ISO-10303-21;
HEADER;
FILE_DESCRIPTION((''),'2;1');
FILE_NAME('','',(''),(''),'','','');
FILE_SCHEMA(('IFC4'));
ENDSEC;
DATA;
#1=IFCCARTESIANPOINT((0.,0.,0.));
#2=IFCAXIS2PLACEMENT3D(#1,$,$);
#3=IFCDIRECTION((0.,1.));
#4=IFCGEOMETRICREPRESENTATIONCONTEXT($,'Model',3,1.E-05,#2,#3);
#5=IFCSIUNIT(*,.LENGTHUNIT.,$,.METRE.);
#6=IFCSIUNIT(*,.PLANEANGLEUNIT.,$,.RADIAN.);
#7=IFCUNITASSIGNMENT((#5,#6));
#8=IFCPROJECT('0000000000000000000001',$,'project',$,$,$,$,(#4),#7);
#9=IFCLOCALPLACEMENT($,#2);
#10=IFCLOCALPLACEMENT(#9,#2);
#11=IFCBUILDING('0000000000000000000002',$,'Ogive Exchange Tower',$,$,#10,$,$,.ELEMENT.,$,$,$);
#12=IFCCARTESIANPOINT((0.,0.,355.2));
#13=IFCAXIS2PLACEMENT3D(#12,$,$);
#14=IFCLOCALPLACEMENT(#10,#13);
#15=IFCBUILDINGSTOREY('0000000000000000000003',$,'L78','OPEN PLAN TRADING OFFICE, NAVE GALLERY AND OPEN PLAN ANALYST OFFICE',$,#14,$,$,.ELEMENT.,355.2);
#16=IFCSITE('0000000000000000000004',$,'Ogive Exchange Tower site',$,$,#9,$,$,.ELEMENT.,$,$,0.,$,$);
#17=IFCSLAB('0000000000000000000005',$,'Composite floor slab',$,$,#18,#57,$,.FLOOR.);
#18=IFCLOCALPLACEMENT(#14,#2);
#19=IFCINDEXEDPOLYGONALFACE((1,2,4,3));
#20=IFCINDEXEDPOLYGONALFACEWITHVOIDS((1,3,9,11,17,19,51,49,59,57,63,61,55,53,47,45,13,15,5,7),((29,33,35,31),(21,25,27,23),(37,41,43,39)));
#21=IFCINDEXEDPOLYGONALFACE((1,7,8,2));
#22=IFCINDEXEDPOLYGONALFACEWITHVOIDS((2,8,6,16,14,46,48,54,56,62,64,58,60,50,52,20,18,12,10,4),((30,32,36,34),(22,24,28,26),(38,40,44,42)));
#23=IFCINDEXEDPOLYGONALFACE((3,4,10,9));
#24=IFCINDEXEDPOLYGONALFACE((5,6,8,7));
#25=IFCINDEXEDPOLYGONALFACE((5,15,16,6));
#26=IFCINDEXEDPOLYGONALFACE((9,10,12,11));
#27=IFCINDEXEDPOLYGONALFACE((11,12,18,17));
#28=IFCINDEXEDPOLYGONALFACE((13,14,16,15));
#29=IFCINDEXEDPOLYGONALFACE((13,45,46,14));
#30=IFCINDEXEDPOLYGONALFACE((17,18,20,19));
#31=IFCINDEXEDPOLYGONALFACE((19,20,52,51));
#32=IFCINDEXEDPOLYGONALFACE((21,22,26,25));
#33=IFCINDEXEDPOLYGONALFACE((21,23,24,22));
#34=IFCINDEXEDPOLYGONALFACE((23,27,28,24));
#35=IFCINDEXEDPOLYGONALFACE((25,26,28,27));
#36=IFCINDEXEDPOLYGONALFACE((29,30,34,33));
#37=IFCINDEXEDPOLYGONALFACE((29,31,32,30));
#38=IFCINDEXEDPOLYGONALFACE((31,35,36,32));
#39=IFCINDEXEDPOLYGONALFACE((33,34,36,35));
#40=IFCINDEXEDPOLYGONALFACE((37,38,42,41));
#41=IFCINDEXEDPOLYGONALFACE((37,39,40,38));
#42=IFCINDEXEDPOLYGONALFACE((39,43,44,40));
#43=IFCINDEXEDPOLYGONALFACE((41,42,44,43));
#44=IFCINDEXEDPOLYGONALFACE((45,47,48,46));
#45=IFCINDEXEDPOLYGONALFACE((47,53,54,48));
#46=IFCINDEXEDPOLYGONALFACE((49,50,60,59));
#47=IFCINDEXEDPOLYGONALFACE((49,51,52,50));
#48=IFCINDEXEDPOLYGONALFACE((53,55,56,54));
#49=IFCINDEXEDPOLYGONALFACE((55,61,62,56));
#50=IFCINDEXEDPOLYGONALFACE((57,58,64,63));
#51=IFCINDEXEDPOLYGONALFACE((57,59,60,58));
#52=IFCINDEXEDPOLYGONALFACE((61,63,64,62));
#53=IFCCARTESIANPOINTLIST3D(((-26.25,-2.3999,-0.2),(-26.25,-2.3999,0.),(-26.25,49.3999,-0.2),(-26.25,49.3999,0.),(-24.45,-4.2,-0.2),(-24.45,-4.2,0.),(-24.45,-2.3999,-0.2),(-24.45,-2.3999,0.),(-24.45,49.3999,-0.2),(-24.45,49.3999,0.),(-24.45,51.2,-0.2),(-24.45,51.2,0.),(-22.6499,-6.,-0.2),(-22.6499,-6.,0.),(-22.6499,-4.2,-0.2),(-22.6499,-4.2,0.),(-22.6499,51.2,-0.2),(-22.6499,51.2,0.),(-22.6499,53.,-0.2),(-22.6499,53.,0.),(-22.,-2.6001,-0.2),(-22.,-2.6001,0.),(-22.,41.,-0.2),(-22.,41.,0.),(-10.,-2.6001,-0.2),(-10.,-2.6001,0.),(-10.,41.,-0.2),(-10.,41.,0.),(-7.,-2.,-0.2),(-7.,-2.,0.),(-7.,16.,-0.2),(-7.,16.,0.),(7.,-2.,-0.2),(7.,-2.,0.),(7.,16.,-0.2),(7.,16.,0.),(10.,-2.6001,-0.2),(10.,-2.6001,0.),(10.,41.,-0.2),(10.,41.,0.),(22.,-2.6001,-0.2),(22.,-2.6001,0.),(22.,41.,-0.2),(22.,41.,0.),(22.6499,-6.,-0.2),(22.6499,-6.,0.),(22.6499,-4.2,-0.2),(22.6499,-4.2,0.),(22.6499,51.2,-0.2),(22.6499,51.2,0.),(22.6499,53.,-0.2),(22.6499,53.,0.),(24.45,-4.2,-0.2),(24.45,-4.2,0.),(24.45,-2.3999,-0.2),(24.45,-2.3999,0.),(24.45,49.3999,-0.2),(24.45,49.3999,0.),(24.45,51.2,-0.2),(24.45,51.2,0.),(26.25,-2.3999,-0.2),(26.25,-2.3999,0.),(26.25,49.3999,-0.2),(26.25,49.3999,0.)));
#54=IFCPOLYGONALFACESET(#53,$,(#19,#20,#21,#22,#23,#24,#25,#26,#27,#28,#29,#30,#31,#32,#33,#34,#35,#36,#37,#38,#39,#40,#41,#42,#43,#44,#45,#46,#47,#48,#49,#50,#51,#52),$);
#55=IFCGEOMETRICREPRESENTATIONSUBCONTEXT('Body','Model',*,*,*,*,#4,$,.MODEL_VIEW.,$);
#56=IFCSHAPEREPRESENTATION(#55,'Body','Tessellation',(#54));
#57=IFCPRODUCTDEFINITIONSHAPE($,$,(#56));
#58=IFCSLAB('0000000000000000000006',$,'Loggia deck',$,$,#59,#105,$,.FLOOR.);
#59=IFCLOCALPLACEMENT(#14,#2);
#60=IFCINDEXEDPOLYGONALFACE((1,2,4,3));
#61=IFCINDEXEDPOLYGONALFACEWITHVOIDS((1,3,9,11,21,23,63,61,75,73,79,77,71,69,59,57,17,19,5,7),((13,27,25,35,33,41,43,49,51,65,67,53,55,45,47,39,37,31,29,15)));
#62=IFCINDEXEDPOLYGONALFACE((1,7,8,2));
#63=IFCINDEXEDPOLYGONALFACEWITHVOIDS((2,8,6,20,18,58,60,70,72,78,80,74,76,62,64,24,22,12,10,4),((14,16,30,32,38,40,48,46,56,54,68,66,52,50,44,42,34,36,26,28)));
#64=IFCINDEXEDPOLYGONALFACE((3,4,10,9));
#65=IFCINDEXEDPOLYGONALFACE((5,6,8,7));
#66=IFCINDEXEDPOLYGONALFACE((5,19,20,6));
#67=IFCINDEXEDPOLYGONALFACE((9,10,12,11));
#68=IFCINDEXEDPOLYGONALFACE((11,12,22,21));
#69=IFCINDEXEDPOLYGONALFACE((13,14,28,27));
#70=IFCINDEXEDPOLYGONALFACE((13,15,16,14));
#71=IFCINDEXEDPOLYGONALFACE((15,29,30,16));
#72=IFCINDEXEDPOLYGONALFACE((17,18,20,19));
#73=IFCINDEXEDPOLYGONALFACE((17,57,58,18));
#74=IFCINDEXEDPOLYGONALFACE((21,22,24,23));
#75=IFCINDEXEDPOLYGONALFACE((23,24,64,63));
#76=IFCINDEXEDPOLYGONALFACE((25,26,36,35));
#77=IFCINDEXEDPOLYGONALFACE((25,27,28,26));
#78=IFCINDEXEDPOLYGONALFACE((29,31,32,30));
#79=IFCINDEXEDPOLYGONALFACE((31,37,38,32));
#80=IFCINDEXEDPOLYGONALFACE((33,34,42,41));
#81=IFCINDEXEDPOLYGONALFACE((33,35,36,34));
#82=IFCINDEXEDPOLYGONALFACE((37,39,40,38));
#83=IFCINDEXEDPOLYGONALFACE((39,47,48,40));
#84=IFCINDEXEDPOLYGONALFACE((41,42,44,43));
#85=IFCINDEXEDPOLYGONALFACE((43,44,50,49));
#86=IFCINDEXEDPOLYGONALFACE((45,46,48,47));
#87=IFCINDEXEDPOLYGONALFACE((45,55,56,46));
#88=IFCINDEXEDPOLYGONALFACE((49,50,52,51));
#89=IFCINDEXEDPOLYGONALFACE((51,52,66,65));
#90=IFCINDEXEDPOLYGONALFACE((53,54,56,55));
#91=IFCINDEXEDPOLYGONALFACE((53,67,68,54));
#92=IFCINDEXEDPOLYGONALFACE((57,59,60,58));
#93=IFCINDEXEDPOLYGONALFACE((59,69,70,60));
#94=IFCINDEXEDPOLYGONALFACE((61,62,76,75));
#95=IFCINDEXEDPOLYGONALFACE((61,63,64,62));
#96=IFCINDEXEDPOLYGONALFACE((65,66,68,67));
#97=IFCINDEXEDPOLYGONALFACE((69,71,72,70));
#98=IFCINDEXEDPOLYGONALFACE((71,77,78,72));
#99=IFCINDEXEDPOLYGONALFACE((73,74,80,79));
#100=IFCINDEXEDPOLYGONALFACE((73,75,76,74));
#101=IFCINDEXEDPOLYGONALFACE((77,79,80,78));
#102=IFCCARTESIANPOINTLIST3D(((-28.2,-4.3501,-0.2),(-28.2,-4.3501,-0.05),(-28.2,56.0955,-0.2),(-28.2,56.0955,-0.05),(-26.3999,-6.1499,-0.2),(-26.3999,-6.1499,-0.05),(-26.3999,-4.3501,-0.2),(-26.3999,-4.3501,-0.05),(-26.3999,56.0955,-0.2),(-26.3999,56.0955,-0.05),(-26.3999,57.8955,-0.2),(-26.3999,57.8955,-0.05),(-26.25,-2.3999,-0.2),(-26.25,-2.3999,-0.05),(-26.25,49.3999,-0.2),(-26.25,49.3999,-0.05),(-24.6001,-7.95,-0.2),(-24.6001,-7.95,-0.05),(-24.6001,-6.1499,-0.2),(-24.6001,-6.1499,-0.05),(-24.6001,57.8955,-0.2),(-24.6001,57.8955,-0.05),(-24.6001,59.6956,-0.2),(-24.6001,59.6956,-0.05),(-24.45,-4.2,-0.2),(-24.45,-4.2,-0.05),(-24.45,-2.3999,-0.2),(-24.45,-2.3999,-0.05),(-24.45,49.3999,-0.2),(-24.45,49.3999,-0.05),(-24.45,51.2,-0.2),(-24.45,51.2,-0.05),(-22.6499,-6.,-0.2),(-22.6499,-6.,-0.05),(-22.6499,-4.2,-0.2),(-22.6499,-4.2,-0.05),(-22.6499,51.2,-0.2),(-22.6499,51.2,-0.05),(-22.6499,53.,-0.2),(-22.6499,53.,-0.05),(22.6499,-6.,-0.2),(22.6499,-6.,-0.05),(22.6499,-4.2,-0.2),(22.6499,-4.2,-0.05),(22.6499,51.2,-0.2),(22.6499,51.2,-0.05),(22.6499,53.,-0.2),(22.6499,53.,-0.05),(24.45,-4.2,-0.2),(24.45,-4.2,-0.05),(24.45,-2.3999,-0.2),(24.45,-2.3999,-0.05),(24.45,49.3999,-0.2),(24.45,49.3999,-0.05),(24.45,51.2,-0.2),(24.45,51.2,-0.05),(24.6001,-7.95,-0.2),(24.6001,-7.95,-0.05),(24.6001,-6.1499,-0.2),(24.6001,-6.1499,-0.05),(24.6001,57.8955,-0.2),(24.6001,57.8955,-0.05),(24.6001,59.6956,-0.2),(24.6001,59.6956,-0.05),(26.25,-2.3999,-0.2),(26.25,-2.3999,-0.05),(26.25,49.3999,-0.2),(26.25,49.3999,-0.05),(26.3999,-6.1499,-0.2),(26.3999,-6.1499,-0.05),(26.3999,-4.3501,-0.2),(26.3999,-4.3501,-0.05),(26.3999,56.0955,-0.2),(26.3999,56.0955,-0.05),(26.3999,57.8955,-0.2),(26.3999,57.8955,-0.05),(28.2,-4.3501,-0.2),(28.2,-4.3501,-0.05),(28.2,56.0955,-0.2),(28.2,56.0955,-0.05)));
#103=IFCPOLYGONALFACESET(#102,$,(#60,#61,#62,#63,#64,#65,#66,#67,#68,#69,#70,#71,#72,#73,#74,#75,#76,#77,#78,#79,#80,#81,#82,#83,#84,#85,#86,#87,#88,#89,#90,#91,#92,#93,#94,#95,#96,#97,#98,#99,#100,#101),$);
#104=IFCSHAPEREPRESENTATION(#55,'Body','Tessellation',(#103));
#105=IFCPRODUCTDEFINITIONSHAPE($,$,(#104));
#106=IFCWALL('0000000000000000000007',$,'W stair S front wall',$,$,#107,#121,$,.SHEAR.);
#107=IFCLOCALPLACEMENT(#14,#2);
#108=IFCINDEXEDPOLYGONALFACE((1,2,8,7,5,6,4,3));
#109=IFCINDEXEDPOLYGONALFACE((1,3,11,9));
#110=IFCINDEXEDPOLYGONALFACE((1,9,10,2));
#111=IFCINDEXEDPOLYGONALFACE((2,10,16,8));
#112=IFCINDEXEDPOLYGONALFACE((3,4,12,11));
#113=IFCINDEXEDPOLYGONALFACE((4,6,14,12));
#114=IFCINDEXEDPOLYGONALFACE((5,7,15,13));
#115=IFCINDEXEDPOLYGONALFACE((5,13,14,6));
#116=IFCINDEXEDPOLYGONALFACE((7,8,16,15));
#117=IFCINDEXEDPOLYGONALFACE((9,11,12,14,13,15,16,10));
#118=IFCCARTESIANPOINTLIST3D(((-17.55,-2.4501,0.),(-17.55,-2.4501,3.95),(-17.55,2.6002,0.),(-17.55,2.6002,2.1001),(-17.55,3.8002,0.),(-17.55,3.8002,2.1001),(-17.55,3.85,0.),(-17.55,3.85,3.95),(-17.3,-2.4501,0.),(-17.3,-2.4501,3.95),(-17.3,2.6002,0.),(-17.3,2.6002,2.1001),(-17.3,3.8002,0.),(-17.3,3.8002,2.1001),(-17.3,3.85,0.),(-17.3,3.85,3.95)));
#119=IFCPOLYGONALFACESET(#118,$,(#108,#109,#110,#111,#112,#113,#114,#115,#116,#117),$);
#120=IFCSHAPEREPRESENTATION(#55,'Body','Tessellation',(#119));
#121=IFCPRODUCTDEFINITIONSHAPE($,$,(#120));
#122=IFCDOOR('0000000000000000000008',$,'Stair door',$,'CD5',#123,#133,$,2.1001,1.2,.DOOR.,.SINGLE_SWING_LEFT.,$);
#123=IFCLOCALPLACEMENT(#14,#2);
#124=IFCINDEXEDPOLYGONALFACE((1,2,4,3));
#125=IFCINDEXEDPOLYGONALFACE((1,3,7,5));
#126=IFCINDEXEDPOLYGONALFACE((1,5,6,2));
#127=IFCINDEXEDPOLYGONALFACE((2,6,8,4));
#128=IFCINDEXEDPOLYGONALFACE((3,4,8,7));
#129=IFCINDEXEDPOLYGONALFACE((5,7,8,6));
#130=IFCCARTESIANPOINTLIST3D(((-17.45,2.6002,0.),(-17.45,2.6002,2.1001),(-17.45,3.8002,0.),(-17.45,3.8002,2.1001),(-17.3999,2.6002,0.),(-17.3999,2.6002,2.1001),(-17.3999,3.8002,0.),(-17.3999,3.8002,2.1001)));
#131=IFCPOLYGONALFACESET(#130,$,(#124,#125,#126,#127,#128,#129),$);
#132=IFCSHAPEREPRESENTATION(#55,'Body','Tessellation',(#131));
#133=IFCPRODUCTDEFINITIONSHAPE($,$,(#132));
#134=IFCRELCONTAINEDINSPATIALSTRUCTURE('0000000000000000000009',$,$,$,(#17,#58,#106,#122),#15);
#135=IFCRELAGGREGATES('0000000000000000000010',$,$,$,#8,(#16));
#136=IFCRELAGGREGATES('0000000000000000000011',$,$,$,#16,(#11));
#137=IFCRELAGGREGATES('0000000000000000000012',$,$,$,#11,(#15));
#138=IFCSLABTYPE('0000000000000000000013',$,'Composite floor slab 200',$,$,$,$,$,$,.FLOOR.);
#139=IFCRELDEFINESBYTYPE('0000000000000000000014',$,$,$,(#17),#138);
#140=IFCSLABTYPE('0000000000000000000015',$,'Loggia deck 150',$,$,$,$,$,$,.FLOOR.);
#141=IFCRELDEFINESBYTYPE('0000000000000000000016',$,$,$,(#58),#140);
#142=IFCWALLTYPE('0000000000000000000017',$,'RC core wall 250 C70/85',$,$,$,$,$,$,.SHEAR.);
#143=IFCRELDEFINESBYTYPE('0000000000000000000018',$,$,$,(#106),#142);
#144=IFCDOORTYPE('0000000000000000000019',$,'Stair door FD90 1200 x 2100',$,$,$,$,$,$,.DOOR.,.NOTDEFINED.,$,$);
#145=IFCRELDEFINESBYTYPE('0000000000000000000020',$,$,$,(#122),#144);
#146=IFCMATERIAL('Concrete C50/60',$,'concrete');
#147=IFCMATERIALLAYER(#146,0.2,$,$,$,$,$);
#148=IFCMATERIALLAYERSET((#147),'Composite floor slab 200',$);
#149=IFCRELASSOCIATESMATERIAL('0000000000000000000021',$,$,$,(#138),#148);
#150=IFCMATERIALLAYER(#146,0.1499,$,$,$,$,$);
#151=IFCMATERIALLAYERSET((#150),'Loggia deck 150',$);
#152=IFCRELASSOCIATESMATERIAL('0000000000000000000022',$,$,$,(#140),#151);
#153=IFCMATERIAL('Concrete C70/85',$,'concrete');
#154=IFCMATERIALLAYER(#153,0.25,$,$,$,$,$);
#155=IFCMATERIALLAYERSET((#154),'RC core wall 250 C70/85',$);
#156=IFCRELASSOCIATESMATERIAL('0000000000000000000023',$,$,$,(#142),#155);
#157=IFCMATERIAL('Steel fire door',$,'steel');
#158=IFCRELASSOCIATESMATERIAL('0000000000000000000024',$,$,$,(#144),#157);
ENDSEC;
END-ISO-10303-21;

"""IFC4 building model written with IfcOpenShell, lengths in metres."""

from ifc_helpers import new_model, si_unit, direction, frame, frame_2d, origin, place, context, subcontext, project, spatial, polyline, rectangle, outline, extrude, material, layer, layer_set, type_object, element, fill, save


model = new_model("IFC4")

# Units and contexts
model_context = context("Model", 3, precision=1e-05, world=origin(), true_north=direction((0.0, 1.0)))
body_context = subcontext(model_context, "Body", "Model", "MODEL_VIEW")
ifc_project = project(units=[si_unit("LENGTHUNIT", "METRE"), si_unit("PLANEANGLEUNIT", "RADIAN")], contexts=[model_context])

# Site, building, storey
site_placement = place(None, origin())
site = spatial("IfcSite", under=ifc_project, at=site_placement, Name="Ogive Exchange Tower site", CompositionType="ELEMENT", RefElevation=0.0)
building_placement = place(site_placement, origin())
building = spatial("IfcBuilding", under=site, at=building_placement, Name="Ogive Exchange Tower", CompositionType="ELEMENT")
storey_placement = place(building_placement, frame((0.0, 0.0, 355.2)))
storey = spatial("IfcBuildingStorey", under=building, at=storey_placement, Name="L78", Description="OPEN PLAN TRADING OFFICE, NAVE GALLERY AND OPEN PLAN ANALYST OFFICE", CompositionType="ELEMENT", Elevation=355.2)

# Slabs
ifc_material_1 = material(Name="Concrete C50/60", Category="concrete")
ifc_layer_1 = layer(ifc_material_1, 0.2)
ifc_layer_set_1 = layer_set([ifc_layer_1], Name="Composite floor slab 200")
slab_type_1 = type_object("IfcSlabType", Name="Composite floor slab 200", PredefinedType="FLOOR", material=ifc_layer_set_1)
slab_1_placement = place(storey_placement, frame((0.0, 0.0, -0.2)))
element("IfcSlab", 1, at=slab_1_placement, inside=storey, type_object=slab_type_1, Name="Composite floor slab", PredefinedType="FLOOR", context=body_context, shape_type="SweptSolid", body=[
    extrude(outline(polyline([(-22.6499, -4.2), (-24.45, -4.2), (-24.45, -2.3999), (-26.25, -2.3999), (-26.25, 49.3999), (-24.45, 49.3999), (-24.45, 51.2), (-22.6499, 51.2), (-22.6499, 53.0), (22.6499, 53.0), (22.6499, 51.2), (24.45, 51.2), (24.45, 49.3999), (26.25, 49.3999), (26.25, -2.3999), (24.45, -2.3999), (24.45, -4.2), (22.6499, -4.2), (22.6499, -6.0), (-22.6499, -6.0), (-22.6499, -4.2)]), holes=[polyline([(7.0, -2.0), (7.0, 16.0), (-7.0, 16.0), (-7.0, -2.0), (7.0, -2.0)]), polyline([(-22.0, -2.6001), (-10.0, -2.6001), (-10.0, 41.0), (-22.0, 41.0), (-22.0, -2.6001)]), polyline([(10.0, -2.6001), (22.0, -2.6001), (22.0, 41.0), (10.0, 41.0), (10.0, -2.6001)])]), origin(), (0.0, 0.0, 1.0), 0.2),
])
ifc_layer_2 = layer(ifc_material_1, 0.1499)
ifc_layer_set_2 = layer_set([ifc_layer_2], Name="Loggia deck 150")
slab_type_2 = type_object("IfcSlabType", Name="Loggia deck 150", PredefinedType="FLOOR", material=ifc_layer_set_2)
slab_2_placement = place(storey_placement, frame((0.0, 0.0, -0.2)))
element("IfcSlab", 2, at=slab_2_placement, inside=storey, type_object=slab_type_2, Name="Loggia deck", PredefinedType="FLOOR", context=body_context, shape_type="SweptSolid", body=[
    extrude(outline(polyline([(-24.6001, -6.1499), (-26.3999, -6.1499), (-26.3999, -4.3501), (-28.2, -4.3501), (-28.2, 56.0955), (-26.3999, 56.0955), (-26.3999, 57.8955), (-24.6001, 57.8955), (-24.6001, 59.6956), (24.6001, 59.6956), (24.6001, 57.8955), (26.3999, 57.8955), (26.3999, 56.0955), (28.2, 56.0955), (28.2, -4.3501), (26.3999, -4.3501), (26.3999, -6.1499), (24.6001, -6.1499), (24.6001, -7.95), (-24.6001, -7.95), (-24.6001, -6.1499)]), holes=[polyline([(22.6499, -4.2), (24.45, -4.2), (24.45, -2.3999), (26.25, -2.3999), (26.25, 49.3999), (24.45, 49.3999), (24.45, 51.2), (22.6499, 51.2), (22.6499, 53.0), (-22.6499, 53.0), (-22.6499, 51.2), (-24.45, 51.2), (-24.45, 49.3999), (-26.25, 49.3999), (-26.25, -2.3999), (-24.45, -2.3999), (-24.45, -4.2), (-22.6499, -4.2), (-22.6499, -6.0), (22.6499, -6.0), (22.6499, -4.2)])]), origin(), (0.0, 0.0, 1.0), 0.1499),
])

# Wall, opening, door
ifc_material_2 = material(Name="Concrete C70/85", Category="concrete")
ifc_layer_3 = layer(ifc_material_2, 0.25)
ifc_layer_set_3 = layer_set([ifc_layer_3], Name="RC core wall 250 C70/85")
wall_type_1 = type_object("IfcWallType", Name="RC core wall 250 C70/85", PredefinedType="SHEAR", material=ifc_layer_set_3)
wall_1_placement = place(storey_placement, frame((-17.425, -2.45, 0.0), z_axis=(0.0, 0.0, 1.0), x_axis=(0.0, 1.0, 0.0)))
wall_1 = element("IfcWall", 3, at=wall_1_placement, inside=storey, type_object=wall_type_1, Name="W stair S front wall", PredefinedType="SHEAR", context=body_context, shape_type="SweptSolid", body=[
    extrude(rectangle(XDim=6.3, YDim=0.25, at=frame_2d((3.1499, 0.0))), origin(), (0.0, 0.0, 1.0), 3.95),
])
opening_1_placement = place(wall_1_placement, frame((5.05, 0.0, 0.0)))
opening_1 = element("IfcOpeningElement", 4, at=opening_1_placement, cuts=wall_1, PredefinedType="OPENING", context=body_context, shape_type="SweptSolid", body=[
    extrude(rectangle(XDim=1.2, YDim=2.1001, at=frame_2d((0.6001, 1.05))), frame((0.0, 0.135, 0.0), z_axis=(0.0, -1.0, 0.0), x_axis=(1.0, 0.0, 0.0)), (0.0, 0.0, 1.0), 0.27),
])
ifc_material_3 = material(Name="Steel fire door", Category="steel")
door_type_1 = type_object("IfcDoorType", Name="Stair door FD90 1200 x 2100", OperationType="NOTDEFINED", PredefinedType="DOOR", material=ifc_material_3)
door_1_placement = place(opening_1_placement, origin())
door_1 = element("IfcDoor", 5, at=door_1_placement, inside=storey, type_object=door_type_1, Name="Stair door", ObjectType="CD5", OperationType="SINGLE_SWING_LEFT", OverallHeight=2.1001, OverallWidth=1.2, PredefinedType="DOOR", context=body_context, shape_type="SweptSolid", body=[
    extrude(rectangle(XDim=1.2, YDim=2.1001, at=frame_2d((0.6001, 1.05))), frame((0.0, 0.0249, 0.0), z_axis=(0.0, -1.0, 0.0), x_axis=(1.0, 0.0, 0.0)), (0.0, 0.0, 1.0), 0.05),
])
fill(opening_1, door_1)

save(model, "model.ifc")
